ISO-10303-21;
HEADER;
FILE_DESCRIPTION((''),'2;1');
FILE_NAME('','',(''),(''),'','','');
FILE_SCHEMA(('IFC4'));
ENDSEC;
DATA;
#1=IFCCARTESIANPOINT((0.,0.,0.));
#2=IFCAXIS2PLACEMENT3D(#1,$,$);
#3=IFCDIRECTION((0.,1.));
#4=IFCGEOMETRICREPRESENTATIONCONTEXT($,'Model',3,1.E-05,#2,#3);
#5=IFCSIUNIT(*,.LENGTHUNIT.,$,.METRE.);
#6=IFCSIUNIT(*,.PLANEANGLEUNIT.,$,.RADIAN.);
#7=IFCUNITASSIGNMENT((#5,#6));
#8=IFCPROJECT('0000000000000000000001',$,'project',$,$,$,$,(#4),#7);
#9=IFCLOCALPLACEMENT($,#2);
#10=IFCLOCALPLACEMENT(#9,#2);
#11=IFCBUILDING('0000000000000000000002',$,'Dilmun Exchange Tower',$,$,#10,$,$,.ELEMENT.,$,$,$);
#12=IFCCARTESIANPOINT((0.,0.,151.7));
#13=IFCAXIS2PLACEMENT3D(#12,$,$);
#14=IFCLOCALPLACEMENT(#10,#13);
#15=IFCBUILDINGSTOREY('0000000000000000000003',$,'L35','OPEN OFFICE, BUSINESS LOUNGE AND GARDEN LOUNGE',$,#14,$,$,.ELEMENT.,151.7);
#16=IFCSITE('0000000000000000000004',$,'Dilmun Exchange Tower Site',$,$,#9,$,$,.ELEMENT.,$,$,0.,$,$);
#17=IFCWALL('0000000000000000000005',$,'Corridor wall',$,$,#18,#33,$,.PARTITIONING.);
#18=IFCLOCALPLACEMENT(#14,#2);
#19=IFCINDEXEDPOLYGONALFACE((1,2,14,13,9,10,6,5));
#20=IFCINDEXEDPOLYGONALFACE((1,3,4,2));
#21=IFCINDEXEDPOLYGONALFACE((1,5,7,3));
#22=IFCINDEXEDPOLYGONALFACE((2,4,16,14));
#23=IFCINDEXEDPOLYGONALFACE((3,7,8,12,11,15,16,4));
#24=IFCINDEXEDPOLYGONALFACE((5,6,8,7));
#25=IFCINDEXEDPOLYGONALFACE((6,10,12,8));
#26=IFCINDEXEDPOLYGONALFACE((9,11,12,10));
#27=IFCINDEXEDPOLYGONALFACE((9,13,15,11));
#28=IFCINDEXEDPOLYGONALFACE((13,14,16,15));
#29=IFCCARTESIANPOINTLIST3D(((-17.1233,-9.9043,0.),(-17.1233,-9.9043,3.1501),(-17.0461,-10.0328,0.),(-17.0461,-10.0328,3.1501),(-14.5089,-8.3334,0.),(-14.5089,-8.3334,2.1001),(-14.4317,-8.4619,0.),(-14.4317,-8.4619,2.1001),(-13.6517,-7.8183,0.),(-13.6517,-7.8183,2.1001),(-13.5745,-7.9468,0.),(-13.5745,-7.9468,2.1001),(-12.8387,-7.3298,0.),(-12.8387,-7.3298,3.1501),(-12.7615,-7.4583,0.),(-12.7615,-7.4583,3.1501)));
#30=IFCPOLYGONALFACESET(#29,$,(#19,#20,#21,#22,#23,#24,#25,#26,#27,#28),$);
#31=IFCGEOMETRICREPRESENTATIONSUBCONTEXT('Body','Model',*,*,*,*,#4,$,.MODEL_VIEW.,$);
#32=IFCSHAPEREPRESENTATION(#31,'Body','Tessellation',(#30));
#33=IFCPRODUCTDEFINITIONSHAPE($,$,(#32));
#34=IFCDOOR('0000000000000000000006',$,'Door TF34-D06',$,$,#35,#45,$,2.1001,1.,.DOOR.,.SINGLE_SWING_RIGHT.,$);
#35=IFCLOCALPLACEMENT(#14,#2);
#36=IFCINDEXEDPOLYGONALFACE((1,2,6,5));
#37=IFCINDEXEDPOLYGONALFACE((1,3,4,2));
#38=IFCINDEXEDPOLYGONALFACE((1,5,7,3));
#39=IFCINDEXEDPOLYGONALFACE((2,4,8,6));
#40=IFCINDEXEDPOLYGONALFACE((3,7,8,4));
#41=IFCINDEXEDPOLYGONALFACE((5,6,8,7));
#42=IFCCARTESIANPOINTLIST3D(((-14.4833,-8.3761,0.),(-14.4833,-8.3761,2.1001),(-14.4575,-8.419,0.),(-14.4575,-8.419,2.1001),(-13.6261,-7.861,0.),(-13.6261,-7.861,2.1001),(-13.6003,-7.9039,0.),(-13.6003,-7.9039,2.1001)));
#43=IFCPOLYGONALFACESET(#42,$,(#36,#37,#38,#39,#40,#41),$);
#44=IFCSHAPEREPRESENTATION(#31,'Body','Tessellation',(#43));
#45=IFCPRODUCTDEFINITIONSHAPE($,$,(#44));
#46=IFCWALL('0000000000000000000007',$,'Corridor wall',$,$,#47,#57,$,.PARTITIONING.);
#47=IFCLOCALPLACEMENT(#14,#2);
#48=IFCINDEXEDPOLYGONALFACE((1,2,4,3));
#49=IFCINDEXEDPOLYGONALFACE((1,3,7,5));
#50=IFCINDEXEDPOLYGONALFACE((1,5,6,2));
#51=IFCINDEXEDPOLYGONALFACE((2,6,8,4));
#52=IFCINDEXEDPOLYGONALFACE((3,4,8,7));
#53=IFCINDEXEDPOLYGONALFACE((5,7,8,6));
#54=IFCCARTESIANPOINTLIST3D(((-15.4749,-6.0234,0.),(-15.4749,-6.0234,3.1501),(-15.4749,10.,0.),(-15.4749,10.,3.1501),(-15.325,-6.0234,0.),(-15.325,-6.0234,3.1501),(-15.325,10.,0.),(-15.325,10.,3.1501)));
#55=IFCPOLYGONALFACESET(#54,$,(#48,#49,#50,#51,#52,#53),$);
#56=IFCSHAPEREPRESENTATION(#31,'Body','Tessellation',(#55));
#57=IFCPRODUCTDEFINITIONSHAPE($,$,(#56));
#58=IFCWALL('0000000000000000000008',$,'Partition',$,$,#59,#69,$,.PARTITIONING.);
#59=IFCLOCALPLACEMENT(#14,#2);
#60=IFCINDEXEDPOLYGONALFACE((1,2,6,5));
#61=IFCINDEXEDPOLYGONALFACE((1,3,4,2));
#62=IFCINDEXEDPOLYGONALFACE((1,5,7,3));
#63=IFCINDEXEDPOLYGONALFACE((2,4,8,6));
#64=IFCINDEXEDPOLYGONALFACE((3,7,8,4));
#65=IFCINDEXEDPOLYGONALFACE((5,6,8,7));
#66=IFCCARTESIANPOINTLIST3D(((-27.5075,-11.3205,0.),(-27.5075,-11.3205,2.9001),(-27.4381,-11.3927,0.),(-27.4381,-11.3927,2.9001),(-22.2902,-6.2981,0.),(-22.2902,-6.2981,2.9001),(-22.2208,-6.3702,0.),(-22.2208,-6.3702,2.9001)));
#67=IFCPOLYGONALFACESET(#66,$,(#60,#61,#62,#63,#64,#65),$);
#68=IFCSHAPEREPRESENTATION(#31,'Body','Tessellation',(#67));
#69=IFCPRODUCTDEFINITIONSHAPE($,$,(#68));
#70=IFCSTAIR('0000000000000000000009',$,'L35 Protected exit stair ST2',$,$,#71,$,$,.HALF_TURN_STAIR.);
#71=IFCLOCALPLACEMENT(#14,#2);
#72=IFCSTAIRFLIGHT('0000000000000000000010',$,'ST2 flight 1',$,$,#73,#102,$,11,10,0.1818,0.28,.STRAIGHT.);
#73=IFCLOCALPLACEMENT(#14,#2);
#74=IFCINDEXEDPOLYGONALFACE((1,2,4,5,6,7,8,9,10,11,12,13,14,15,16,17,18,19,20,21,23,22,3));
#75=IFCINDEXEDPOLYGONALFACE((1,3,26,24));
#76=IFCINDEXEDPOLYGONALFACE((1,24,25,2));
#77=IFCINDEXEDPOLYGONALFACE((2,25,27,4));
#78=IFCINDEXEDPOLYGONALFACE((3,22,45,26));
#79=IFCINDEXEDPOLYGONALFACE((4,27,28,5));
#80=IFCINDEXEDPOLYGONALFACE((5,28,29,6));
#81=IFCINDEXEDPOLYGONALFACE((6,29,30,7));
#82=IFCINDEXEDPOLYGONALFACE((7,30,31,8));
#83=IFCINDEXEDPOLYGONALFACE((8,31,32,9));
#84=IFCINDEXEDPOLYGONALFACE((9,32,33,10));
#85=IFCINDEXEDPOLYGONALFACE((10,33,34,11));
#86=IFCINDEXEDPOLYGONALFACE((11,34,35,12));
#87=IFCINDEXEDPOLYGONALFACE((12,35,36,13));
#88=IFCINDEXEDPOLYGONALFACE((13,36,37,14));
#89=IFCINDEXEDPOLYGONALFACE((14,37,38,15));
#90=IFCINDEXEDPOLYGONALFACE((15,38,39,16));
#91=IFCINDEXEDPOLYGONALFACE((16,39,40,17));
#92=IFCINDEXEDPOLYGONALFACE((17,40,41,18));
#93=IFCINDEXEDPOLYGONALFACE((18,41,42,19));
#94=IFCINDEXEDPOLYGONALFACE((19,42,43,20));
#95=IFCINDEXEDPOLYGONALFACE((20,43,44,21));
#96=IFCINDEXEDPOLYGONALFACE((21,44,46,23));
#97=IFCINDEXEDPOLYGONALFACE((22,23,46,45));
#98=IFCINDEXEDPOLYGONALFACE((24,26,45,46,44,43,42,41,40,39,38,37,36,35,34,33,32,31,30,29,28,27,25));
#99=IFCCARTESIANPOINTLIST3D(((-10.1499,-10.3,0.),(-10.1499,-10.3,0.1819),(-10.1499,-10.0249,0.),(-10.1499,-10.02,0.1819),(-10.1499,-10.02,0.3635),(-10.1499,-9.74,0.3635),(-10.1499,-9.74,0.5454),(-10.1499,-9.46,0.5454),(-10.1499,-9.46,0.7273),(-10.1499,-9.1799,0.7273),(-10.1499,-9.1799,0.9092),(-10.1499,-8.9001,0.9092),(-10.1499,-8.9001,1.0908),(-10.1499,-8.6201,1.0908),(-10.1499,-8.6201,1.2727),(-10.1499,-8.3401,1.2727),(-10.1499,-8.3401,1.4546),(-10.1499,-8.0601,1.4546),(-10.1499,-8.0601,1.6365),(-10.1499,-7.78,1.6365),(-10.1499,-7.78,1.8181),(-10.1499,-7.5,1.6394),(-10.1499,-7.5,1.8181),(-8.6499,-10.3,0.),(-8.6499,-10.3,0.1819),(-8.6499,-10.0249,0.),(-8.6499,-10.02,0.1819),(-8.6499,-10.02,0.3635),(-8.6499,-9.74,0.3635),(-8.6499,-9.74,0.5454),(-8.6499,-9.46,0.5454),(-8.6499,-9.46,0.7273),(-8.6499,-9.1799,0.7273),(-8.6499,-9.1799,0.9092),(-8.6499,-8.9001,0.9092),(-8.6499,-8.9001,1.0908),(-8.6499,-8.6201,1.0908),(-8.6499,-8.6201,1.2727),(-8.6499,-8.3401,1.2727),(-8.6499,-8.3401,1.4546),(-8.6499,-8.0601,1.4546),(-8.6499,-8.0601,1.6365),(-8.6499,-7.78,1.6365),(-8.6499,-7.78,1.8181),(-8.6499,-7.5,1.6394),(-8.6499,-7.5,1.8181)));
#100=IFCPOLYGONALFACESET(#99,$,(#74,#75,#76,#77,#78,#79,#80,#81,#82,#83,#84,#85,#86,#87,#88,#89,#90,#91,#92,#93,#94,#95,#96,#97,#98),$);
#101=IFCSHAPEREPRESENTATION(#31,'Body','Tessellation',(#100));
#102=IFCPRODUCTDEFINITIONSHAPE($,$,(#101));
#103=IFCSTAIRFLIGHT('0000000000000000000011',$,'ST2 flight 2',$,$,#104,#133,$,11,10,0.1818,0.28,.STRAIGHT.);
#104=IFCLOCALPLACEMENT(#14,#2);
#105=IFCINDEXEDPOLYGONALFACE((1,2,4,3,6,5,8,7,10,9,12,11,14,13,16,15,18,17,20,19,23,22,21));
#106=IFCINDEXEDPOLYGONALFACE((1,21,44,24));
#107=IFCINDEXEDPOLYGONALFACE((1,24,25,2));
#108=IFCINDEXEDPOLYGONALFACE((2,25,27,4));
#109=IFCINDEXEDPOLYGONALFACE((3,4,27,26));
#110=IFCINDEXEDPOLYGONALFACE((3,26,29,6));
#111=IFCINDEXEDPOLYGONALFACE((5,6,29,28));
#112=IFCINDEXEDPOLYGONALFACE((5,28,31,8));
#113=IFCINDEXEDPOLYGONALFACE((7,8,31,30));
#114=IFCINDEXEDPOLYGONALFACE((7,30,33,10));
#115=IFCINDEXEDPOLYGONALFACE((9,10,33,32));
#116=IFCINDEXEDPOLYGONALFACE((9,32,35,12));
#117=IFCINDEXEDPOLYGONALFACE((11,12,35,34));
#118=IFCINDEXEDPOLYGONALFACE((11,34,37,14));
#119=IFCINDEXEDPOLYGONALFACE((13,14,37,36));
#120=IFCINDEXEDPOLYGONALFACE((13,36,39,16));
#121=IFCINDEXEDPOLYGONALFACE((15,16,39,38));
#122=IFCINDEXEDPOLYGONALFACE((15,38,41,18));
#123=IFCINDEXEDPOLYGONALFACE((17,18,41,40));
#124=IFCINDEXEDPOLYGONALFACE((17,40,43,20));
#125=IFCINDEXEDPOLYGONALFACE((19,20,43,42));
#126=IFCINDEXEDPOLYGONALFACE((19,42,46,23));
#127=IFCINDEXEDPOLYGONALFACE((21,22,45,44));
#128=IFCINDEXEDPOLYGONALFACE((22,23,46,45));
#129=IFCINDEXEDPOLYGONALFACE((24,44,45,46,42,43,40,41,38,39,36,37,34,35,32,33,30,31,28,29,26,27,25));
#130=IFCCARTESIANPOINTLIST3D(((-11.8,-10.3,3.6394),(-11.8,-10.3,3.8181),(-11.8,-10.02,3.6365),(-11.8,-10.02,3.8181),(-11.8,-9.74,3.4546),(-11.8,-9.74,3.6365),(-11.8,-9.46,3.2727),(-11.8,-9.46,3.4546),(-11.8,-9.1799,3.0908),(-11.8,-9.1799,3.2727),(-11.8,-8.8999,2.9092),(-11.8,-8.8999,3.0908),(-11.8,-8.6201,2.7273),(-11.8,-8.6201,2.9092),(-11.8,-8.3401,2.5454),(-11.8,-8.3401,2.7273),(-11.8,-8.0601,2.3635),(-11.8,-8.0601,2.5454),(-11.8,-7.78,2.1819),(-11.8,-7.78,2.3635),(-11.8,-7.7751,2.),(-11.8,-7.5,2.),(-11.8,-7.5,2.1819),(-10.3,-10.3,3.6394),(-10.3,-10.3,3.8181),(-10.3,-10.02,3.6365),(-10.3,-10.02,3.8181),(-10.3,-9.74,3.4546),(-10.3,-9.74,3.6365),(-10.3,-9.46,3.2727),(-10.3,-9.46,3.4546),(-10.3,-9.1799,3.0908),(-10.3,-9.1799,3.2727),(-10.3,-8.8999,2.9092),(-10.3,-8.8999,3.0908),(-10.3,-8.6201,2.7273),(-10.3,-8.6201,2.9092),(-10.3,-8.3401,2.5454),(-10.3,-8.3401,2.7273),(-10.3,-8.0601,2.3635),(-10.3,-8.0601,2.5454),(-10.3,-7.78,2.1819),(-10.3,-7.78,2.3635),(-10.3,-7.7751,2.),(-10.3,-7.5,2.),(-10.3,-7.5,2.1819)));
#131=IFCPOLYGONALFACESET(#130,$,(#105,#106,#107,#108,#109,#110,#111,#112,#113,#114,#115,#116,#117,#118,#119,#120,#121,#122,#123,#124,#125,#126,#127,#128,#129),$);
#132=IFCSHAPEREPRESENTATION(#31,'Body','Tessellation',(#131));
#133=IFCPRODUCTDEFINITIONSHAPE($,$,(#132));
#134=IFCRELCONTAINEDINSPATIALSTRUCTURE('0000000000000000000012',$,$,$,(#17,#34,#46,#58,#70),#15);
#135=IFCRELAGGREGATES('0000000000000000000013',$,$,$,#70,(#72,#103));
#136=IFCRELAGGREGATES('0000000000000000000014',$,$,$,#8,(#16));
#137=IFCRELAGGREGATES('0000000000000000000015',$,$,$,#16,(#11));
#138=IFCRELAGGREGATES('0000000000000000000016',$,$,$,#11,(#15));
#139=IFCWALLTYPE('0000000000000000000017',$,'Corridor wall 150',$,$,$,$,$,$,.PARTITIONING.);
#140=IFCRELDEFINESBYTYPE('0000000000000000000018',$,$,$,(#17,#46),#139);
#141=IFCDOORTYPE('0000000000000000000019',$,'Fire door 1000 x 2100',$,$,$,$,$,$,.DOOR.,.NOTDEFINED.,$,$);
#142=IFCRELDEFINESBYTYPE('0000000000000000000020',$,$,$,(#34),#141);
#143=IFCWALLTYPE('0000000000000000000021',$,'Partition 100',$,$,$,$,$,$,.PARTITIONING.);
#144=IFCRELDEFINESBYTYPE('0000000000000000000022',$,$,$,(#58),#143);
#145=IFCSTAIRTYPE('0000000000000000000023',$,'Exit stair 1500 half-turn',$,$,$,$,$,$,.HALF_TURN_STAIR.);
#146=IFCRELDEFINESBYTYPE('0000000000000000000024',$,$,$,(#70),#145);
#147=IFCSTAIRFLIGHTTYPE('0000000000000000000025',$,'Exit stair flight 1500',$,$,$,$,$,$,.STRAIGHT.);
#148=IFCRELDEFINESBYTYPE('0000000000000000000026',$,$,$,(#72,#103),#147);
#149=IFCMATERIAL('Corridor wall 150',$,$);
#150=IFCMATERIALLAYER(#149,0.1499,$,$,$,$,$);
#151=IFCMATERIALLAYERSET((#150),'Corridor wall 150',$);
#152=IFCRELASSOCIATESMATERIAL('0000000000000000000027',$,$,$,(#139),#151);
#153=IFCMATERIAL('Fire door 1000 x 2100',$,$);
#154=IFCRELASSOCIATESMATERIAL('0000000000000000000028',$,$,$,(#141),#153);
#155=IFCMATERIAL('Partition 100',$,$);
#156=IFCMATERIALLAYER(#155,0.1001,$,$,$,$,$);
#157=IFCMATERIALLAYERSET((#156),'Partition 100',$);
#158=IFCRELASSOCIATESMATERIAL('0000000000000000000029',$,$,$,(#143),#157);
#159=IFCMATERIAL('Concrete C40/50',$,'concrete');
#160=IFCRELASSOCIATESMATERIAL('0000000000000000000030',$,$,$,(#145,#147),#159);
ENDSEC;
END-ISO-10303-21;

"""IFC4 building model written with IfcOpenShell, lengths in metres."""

from ifc_helpers import new_model, si_unit, direction, frame, frame_2d, origin, place, context, subcontext, project, spatial, polyline, rectangle, outline, extrude, material, layer, layer_set, type_object, element, fill, aggregate, save


model = new_model("IFC4")

# Units and contexts
model_context = context("Model", 3, precision=1e-05, world=origin(), true_north=direction((0.0, 1.0)))
body_context = subcontext(model_context, "Body", "Model", "MODEL_VIEW")
ifc_project = project(units=[si_unit("LENGTHUNIT", "METRE"), si_unit("PLANEANGLEUNIT", "RADIAN")], contexts=[model_context])

# Site, building, storey
site_placement = place(None, origin())
site = spatial("IfcSite", under=ifc_project, at=site_placement, Name="Dilmun Exchange Tower Site", CompositionType="ELEMENT", RefElevation=0.0)
building_placement = place(site_placement, origin())
building = spatial("IfcBuilding", under=site, at=building_placement, Name="Dilmun Exchange Tower", CompositionType="ELEMENT")
storey_placement = place(building_placement, frame((0.0, 0.0, 151.7)))
storey = spatial("IfcBuildingStorey", under=building, at=storey_placement, Name="L35", Description="OPEN OFFICE, BUSINESS LOUNGE AND GARDEN LOUNGE", CompositionType="ELEMENT", Elevation=151.7)

# Shared definitions
ifc_material_1 = material(Name="Concrete C40/50", Category="concrete")

# Shared definitions
ifc_material_2 = material(Name="Corridor wall 150")
ifc_layer_1 = layer(ifc_material_2, 0.1499)
ifc_layer_set_1 = layer_set([ifc_layer_1], Name="Corridor wall 150")
wall_type_1 = type_object("IfcWallType", Name="Corridor wall 150", PredefinedType="PARTITIONING", material=ifc_layer_set_1)
ifc_material_3 = material(Name="Fire door 1000 x 2100")
door_type_1 = type_object("IfcDoorType", Name="Fire door 1000 x 2100", OperationType="NOTDEFINED", PredefinedType="DOOR", material=ifc_material_3)

# Wall, opening, door
wall_1_placement = place(storey_placement, frame((-17.0847, -9.9685, 0.0), z_axis=(0.0, 0.0, 1.0), x_axis=(0.85717, 0.515034, 0.0)))
wall_1 = element("IfcWall", 1, at=wall_1_placement, inside=storey, type_object=wall_type_1, Name="Corridor wall", PredefinedType="PARTITIONING", context=body_context, shape_type="SweptSolid", body=[
    extrude(rectangle(XDim=4.9985, YDim=0.1499, at=frame_2d((2.4993, 0.0))), origin(), (0.0, 0.0, 1.0), 3.1501),
])
opening_1_placement = place(wall_1_placement, frame((3.05, 0.0, 0.0)))
opening_1 = element("IfcOpeningElement", 2, at=opening_1_placement, cuts=wall_1, PredefinedType="OPENING", context=body_context, shape_type="SweptSolid", body=[
    extrude(rectangle(XDim=1.0, YDim=2.1001, at=frame_2d((0.5, 1.05))), frame((0.0, 0.085, 0.0), z_axis=(0.0, -1.0, 0.0), x_axis=(1.0, 0.0, 0.0)), (0.0, 0.0, 1.0), 0.1699),
])
door_1_placement = place(opening_1_placement, frame((1.0, 0.0, 0.0), z_axis=(0.0, 0.0, 1.0), x_axis=(-1.0, 0.0, 0.0)))
door_1 = element("IfcDoor", 3, at=door_1_placement, inside=storey, type_object=door_type_1, Name="Door TF34-D06", OperationType="SINGLE_SWING_RIGHT", OverallHeight=2.1001, OverallWidth=1.0, PredefinedType="DOOR", context=body_context, shape_type="SweptSolid", body=[
    extrude(rectangle(XDim=1.0, YDim=2.1001, at=frame_2d((0.5, 1.05))), frame((0.0, 0.0249, 0.0), z_axis=(0.0, -1.0, 0.0), x_axis=(1.0, 0.0, 0.0)), (0.0, 0.0, 1.0), 0.05),
])
fill(opening_1, door_1)

# Walls
wall_2_placement = place(storey_placement, frame((-15.3999, -6.0234, 0.0), z_axis=(0.0, 0.0, 1.0), x_axis=(0.0, 1.0, 0.0)))
element("IfcWall", 4, at=wall_2_placement, inside=storey, type_object=wall_type_1, Name="Corridor wall", PredefinedType="PARTITIONING", context=body_context, shape_type="SweptSolid", body=[
    extrude(rectangle(XDim=16.0234, YDim=0.1499, at=frame_2d((8.0117, 0.0))), origin(), (0.0, 0.0, 1.0), 3.1501),
])
ifc_material_4 = material(Name="Partition 100")
ifc_layer_2 = layer(ifc_material_4, 0.1001)
ifc_layer_set_2 = layer_set([ifc_layer_2], Name="Partition 100")
wall_type_2 = type_object("IfcWallType", Name="Partition 100", PredefinedType="PARTITIONING", material=ifc_layer_set_2)
wall_3_placement = place(storey_placement, frame((-27.4729, -11.3567, 0.0), z_axis=(0.0, 0.0, 1.0), x_axis=(0.72043, 0.693528, 0.0)))
element("IfcWall", 5, at=wall_3_placement, inside=storey, type_object=wall_type_2, Name="Partition", PredefinedType="PARTITIONING", context=body_context, shape_type="SweptSolid", body=[
    extrude(rectangle(XDim=7.2419, YDim=0.1001, at=frame_2d((3.6211, 0.0))), origin(), (0.0, 0.0, 1.0), 2.9001),
])

# Stair, stair flights
stair_type = type_object("IfcStairType", Name="Exit stair 1500 half-turn", PredefinedType="HALF_TURN_STAIR", material=ifc_material_1)
stair_placement = place(storey_placement, origin())
stair = element("IfcStair", 6, at=stair_placement, inside=storey, type_object=stair_type, Name="L35 Protected exit stair ST2", PredefinedType="HALF_TURN_STAIR")
stair_flight_type = type_object("IfcStairFlightType", Name="Exit stair flight 1500", PredefinedType="STRAIGHT", material=ifc_material_1)
stair_flight_1_placement = place(storey_placement, frame((-9.3999, -10.3, 0.0), z_axis=(0.0, 0.0, 1.0), x_axis=(0.0, 1.0, 0.0)))
stair_flight_1 = element("IfcStairFlight", 7, at=stair_flight_1_placement, type_object=stair_flight_type, Name="ST2 flight 1", NumberOfRisers=11, NumberOfTreads=10, PredefinedType="STRAIGHT", RiserHeight=0.1818, TreadLength=0.28, context=body_context, shape_type="SweptSolid", body=[
    extrude(outline(polyline([(0.0, 0.0), (0.0, 0.1819), (0.28, 0.1819), (0.28, 0.3635), (0.5601, 0.3635), (0.5601, 0.5454), (0.8401, 0.5454), (0.8401, 0.7273), (1.1201, 0.7273), (1.1201, 0.9092), (1.3999, 0.9092), (1.3999, 1.0908), (1.6799, 1.0908), (1.6799, 1.2727), (1.96, 1.2727), (1.96, 1.4546), (2.24, 1.4546), (2.24, 1.6365), (2.52, 1.6365), (2.52, 1.8181), (2.8, 1.8181), (2.8, 2.0), (2.8, 1.6394), (0.2751, 0.0), (0.0, 0.0)])), frame((0.0, 0.75, 0.0), z_axis=(0.0, -1.0, 0.0), x_axis=(1.0, 0.0, 0.0)), (0.0, 0.0, 1.0), 1.5),
])
stair_flight_2_placement = place(storey_placement, frame((-11.05, -7.5, 2.0), z_axis=(0.0, 0.0, 1.0), x_axis=(0.0, -1.0, 0.0)))
stair_flight_2 = element("IfcStairFlight", 8, at=stair_flight_2_placement, type_object=stair_flight_type, Name="ST2 flight 2", NumberOfRisers=11, NumberOfTreads=10, PredefinedType="STRAIGHT", RiserHeight=0.1818, TreadLength=0.28, context=body_context, shape_type="SweptSolid", body=[
    extrude(outline(polyline([(0.0, 0.0), (0.0, 0.1819), (0.28, 0.1819), (0.28, 0.3635), (0.5601, 0.3635), (0.5601, 0.5454), (0.8401, 0.5454), (0.8401, 0.7273), (1.1201, 0.7273), (1.1201, 0.9092), (1.3999, 0.9092), (1.3999, 1.0908), (1.6799, 1.0908), (1.6799, 1.2727), (1.96, 1.2727), (1.96, 1.4546), (2.24, 1.4546), (2.24, 1.6365), (2.52, 1.6365), (2.52, 1.8181), (2.8, 1.8181), (2.8, 2.0), (2.8, 1.6394), (0.2751, 0.0), (0.0, 0.0)])), frame((0.0, 0.75, 0.0), z_axis=(0.0, -1.0, 0.0), x_axis=(1.0, 0.0, 0.0)), (0.0, 0.0, 1.0), 1.5),
])
aggregate(stair, [stair_flight_1, stair_flight_2])

save(model, "model.ifc")
